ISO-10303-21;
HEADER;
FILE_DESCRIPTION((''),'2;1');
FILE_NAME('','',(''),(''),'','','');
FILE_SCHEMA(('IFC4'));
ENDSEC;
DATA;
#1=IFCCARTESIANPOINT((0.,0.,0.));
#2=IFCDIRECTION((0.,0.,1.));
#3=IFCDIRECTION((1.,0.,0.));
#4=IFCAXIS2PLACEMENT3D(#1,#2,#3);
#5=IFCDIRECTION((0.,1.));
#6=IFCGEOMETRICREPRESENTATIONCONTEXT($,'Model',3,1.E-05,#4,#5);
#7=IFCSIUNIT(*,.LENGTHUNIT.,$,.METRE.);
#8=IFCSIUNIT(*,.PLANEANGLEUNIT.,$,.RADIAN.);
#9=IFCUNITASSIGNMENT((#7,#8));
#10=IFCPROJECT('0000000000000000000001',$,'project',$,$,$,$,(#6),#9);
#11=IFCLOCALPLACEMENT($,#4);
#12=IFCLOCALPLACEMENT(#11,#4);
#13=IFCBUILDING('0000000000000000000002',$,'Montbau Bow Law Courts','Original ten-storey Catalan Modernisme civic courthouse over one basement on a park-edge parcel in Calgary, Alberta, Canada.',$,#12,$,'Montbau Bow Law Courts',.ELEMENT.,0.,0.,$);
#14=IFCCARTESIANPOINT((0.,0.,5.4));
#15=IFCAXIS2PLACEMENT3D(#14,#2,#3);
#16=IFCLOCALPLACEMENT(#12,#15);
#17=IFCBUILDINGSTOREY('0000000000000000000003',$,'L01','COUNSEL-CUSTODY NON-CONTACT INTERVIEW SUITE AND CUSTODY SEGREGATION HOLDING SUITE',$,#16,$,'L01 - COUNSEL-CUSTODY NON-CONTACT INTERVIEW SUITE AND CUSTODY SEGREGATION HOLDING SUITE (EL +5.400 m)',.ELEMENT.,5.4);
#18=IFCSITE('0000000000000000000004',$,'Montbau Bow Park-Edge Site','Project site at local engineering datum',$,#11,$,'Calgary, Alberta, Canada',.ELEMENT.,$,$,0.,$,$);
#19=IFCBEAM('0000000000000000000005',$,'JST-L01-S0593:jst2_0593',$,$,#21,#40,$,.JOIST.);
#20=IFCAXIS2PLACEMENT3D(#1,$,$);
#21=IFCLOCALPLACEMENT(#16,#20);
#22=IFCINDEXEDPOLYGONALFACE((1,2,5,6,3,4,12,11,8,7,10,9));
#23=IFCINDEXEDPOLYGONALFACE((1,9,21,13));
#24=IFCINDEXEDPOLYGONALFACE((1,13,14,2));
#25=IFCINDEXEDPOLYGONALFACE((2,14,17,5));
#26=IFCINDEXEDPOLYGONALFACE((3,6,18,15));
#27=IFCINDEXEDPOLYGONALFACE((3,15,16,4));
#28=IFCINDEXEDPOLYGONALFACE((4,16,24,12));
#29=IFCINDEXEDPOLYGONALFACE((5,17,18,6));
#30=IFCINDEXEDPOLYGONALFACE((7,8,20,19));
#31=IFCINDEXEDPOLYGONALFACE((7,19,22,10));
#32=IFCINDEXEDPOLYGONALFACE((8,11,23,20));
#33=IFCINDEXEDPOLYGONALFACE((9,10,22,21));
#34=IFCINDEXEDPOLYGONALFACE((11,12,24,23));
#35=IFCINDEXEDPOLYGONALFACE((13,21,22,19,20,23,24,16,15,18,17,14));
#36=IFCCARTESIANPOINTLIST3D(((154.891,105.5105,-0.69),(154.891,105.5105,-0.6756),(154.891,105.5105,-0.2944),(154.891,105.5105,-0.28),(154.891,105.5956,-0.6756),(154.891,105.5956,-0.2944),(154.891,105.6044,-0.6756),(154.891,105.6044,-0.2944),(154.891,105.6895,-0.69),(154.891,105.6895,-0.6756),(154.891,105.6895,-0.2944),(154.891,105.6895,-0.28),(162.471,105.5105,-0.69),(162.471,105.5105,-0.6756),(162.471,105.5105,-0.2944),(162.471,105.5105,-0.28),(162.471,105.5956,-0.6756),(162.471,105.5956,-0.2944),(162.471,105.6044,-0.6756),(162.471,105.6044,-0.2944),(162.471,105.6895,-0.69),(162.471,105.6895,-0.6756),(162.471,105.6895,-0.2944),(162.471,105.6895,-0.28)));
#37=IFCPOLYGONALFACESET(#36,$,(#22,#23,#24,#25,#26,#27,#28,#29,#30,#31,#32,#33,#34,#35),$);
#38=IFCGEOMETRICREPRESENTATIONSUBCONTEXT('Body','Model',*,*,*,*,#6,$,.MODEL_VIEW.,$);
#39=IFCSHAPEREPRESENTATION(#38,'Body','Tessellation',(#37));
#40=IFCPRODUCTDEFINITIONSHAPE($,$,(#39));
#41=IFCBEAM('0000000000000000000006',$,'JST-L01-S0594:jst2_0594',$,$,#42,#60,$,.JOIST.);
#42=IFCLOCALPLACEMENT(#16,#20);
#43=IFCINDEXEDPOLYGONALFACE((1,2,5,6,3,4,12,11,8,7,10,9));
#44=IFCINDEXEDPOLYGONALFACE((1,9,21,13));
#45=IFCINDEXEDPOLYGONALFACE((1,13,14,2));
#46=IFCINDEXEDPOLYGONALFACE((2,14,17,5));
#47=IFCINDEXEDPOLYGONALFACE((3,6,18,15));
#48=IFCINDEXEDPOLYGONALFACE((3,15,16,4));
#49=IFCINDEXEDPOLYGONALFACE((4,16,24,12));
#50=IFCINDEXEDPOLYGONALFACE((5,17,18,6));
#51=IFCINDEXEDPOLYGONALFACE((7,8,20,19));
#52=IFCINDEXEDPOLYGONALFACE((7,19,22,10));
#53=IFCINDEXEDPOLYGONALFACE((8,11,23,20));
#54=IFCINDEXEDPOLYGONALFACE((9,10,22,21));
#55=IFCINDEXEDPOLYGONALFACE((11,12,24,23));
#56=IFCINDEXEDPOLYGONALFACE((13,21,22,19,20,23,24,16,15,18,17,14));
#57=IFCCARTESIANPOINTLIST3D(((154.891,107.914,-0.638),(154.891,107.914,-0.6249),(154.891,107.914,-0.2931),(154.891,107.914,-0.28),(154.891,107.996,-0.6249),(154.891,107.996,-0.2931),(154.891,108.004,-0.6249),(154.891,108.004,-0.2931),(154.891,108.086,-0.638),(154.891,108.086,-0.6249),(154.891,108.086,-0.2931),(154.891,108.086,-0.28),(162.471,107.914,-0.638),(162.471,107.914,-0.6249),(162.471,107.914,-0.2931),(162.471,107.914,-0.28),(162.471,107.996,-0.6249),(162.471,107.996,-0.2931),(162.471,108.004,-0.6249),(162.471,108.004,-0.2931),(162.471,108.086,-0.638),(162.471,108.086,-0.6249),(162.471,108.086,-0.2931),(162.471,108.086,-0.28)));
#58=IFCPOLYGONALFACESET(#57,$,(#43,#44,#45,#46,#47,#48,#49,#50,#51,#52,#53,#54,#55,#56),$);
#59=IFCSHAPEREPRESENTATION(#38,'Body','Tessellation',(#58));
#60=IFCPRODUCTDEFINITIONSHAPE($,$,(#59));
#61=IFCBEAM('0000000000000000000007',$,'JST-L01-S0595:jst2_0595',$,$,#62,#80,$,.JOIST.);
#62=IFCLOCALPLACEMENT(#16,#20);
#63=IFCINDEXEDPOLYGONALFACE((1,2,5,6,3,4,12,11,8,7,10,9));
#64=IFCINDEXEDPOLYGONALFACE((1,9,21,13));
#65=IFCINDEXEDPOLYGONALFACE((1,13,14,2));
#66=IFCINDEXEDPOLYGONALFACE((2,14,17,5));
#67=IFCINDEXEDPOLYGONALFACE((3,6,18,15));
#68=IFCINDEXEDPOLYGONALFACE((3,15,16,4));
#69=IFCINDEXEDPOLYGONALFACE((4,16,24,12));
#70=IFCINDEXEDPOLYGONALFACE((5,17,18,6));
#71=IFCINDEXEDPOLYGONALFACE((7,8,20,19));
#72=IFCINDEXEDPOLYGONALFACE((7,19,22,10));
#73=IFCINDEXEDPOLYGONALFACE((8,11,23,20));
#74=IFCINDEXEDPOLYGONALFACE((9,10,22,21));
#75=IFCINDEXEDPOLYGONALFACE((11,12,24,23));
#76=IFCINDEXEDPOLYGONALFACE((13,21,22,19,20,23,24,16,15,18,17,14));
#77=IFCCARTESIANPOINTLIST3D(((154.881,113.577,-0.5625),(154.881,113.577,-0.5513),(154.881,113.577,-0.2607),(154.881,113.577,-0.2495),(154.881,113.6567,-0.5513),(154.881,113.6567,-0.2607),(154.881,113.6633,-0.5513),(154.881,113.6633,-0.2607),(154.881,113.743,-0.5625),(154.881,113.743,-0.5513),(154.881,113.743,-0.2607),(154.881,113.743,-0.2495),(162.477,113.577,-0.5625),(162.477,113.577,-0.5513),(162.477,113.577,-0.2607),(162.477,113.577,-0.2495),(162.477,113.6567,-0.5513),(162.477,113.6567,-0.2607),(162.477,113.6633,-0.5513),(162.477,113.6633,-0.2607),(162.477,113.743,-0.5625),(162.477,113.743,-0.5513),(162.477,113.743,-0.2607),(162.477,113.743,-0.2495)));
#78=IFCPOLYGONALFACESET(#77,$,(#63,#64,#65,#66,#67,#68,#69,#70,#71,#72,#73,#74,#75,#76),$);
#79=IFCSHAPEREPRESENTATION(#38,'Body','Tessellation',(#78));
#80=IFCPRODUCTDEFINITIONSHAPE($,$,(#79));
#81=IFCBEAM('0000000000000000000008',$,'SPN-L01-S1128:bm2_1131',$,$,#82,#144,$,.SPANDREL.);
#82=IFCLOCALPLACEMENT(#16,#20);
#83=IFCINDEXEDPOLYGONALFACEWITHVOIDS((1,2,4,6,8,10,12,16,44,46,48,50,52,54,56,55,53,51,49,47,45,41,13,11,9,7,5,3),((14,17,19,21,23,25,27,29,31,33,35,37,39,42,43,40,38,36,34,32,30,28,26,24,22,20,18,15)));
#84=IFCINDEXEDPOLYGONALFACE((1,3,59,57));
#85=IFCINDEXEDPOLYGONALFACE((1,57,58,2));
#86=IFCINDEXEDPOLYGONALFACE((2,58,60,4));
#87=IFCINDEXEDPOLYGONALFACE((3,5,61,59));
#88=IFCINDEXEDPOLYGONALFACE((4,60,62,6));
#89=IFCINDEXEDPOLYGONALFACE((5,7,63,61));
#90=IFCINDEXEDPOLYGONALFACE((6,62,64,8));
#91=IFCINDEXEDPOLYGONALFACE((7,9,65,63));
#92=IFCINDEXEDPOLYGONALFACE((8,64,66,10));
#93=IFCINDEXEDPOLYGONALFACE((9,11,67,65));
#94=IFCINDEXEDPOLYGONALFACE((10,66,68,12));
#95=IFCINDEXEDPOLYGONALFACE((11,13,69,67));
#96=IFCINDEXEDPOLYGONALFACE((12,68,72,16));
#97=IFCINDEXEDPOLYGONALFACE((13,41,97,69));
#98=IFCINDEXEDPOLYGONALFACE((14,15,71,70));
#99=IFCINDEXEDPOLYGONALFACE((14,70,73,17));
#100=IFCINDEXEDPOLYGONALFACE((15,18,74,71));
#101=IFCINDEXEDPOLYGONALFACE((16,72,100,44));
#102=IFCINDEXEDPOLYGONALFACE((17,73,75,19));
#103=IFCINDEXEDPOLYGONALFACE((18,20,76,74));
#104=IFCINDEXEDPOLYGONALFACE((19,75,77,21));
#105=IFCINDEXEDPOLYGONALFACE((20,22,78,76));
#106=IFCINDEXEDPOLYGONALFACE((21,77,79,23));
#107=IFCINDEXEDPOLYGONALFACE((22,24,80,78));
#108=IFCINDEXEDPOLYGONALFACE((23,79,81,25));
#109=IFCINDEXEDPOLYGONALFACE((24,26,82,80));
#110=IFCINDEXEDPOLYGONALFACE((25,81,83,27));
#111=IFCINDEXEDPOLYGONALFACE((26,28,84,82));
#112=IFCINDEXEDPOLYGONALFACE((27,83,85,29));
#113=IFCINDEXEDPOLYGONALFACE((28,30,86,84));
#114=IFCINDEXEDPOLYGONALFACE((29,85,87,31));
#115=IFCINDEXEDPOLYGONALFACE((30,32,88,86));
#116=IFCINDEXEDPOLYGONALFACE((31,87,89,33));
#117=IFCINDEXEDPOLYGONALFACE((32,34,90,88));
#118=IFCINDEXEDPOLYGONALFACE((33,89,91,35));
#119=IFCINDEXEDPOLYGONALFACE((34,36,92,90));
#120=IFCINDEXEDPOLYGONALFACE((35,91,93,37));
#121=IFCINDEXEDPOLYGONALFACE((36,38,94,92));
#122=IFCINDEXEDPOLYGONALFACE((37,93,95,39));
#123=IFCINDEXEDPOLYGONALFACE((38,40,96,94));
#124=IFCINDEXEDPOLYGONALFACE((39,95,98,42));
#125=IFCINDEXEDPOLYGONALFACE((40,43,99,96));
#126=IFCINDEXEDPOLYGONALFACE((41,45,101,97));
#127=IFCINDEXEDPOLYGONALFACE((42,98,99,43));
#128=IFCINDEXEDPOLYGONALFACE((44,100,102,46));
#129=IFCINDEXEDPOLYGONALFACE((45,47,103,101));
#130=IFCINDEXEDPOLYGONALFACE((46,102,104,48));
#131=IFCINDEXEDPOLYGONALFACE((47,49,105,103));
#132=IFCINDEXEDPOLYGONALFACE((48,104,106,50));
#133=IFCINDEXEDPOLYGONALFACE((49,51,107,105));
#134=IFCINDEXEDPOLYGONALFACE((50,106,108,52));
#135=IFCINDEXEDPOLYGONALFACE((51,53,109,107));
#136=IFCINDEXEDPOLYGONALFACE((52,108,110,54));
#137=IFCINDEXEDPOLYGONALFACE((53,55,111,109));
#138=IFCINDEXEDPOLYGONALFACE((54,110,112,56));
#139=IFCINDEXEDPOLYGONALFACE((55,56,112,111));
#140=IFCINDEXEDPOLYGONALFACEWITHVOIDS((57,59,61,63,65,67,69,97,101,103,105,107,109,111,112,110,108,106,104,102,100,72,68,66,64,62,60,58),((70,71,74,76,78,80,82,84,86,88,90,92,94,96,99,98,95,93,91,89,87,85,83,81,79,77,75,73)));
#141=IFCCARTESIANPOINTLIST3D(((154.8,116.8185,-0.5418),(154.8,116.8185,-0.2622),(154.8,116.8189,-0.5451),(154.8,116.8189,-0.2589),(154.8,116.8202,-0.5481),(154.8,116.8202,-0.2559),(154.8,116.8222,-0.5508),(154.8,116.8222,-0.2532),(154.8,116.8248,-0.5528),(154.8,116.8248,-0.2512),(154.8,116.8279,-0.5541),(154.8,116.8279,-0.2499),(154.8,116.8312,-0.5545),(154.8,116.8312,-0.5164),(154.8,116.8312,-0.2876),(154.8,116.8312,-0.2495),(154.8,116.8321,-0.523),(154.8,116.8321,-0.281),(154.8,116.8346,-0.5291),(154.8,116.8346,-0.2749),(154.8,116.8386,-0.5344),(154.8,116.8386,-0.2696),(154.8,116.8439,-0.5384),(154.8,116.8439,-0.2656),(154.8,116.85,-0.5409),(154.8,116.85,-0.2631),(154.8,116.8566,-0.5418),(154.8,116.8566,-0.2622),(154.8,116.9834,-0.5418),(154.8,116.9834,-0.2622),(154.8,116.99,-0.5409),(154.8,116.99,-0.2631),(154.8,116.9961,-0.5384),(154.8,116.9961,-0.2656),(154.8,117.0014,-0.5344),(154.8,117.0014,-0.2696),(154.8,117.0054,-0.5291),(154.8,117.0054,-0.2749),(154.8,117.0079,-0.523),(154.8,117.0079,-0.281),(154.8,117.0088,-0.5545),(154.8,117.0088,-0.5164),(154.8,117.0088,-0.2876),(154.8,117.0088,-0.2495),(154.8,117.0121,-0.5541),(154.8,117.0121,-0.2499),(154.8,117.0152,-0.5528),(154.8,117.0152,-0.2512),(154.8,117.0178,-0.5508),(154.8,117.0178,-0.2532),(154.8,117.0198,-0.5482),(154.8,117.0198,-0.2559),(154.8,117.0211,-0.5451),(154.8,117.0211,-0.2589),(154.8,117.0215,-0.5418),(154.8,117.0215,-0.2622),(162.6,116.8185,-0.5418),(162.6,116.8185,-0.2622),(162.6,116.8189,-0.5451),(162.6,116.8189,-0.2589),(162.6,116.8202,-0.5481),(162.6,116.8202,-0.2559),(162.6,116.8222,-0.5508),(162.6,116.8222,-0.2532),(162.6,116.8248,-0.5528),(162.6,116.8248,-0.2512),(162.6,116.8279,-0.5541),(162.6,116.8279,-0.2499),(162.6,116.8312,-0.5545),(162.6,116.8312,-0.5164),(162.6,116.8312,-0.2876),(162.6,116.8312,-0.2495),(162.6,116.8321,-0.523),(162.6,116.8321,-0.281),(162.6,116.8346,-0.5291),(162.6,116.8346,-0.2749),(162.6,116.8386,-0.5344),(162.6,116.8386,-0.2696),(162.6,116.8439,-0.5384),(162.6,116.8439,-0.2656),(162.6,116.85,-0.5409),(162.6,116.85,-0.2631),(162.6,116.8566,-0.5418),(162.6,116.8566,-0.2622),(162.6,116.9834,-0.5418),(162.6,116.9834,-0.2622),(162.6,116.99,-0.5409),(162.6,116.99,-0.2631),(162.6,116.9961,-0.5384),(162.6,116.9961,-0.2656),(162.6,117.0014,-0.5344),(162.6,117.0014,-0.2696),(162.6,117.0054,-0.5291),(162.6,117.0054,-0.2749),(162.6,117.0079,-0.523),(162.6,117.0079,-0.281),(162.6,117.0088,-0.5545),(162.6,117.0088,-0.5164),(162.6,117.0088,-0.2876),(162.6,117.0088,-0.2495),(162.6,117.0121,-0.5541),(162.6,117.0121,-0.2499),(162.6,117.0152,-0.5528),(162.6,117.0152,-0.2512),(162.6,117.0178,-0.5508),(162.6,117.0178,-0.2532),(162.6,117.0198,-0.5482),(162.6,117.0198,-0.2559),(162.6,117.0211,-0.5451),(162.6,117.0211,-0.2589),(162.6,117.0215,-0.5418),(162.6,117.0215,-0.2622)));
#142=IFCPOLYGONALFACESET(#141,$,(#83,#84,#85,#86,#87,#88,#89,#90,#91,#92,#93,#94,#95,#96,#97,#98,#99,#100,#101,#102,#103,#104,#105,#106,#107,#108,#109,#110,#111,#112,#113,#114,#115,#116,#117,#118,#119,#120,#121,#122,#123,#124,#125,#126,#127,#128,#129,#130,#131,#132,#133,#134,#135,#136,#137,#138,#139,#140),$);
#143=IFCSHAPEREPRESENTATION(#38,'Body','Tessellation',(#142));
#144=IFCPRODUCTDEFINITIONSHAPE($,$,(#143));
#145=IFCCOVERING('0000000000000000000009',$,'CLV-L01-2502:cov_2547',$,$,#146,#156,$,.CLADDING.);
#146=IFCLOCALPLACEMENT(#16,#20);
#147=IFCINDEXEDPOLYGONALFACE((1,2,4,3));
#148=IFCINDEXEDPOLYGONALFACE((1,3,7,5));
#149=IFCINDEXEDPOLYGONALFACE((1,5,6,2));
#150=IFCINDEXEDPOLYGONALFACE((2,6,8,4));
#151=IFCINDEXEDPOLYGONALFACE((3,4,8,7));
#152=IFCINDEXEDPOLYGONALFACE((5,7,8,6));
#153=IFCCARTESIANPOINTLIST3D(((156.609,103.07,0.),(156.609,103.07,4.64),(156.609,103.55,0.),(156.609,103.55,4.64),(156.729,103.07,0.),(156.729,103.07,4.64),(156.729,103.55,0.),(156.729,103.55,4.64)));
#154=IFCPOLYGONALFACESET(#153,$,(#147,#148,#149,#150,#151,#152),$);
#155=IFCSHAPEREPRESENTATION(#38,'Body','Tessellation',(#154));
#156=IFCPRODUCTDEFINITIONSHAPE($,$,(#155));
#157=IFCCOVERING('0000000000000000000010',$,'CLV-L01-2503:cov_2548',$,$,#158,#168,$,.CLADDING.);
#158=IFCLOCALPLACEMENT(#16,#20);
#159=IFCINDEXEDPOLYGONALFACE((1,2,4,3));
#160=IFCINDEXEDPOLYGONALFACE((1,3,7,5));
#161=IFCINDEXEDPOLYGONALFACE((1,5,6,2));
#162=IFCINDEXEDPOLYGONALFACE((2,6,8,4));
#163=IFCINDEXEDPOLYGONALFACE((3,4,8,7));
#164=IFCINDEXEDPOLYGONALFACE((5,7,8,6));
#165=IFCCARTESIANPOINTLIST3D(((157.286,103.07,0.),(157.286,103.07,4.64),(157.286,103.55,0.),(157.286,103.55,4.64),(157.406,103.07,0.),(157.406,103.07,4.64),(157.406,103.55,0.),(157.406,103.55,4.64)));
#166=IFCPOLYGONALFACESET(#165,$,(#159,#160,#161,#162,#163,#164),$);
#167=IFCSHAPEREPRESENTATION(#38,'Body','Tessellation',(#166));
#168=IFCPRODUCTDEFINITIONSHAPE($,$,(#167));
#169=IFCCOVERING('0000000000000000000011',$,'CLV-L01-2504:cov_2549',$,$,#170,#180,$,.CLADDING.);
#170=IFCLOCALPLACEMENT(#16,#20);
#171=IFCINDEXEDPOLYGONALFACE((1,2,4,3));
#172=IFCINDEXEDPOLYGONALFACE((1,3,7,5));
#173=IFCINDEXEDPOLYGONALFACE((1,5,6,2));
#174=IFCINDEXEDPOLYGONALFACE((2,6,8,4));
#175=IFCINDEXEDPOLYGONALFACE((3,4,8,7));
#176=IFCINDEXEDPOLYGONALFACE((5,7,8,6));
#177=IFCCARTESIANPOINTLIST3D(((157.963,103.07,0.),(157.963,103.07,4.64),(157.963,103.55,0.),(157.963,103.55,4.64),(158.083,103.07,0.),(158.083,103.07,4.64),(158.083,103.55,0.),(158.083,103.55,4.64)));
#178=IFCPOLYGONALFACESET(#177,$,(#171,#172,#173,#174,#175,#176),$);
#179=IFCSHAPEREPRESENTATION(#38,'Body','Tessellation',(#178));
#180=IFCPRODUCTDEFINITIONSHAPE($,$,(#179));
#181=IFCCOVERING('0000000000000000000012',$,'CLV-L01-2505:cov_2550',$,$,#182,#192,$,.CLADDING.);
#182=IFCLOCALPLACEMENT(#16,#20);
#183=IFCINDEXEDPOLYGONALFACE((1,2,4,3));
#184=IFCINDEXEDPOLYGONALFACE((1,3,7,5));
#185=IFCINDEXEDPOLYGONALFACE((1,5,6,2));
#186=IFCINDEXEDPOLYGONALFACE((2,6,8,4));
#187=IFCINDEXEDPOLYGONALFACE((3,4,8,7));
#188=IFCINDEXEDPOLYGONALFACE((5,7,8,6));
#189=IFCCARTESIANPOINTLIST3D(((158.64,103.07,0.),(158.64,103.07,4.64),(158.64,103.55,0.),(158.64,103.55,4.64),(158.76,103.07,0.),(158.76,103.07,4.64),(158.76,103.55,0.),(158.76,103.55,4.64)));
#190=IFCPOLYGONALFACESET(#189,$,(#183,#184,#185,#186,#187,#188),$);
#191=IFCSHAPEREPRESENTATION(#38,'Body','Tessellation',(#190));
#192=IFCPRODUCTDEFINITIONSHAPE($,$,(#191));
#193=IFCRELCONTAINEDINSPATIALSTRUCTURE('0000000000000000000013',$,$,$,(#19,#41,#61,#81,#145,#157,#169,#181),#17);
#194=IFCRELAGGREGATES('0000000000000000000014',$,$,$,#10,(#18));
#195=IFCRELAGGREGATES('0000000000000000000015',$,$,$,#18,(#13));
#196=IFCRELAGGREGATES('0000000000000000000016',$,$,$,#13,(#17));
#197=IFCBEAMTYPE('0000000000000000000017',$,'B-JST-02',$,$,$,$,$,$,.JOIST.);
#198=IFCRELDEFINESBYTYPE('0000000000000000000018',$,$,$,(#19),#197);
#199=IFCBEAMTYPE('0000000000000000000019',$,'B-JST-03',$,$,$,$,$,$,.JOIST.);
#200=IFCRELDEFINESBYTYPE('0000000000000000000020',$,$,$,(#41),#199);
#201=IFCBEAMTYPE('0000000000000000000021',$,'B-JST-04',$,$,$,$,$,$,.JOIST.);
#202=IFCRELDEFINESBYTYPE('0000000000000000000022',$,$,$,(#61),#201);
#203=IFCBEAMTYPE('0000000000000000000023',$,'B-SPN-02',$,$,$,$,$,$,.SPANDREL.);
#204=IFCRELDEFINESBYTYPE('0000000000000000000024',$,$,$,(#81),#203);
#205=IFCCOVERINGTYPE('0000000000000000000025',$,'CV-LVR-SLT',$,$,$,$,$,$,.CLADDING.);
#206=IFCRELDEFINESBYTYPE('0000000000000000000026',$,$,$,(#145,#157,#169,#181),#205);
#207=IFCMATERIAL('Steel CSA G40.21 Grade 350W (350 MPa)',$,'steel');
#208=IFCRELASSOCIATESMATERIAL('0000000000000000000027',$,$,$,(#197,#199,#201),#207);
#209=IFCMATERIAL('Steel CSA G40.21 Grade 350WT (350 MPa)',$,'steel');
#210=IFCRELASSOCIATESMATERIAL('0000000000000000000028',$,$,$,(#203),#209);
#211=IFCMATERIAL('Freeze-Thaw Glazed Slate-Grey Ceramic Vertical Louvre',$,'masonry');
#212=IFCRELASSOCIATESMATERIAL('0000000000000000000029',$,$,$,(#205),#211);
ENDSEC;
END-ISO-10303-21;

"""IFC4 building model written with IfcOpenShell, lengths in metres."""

from ifc_helpers import new_model, si_unit, direction, frame, frame_2d, origin_with_axes, origin_2d_with_axis, place, context, subcontext, project, spatial, rectangle, hollow_rectangle, i_section, extrude, material, material_profile, profile_set, type_object, element, save


model = new_model("IFC4")

# Units and contexts
model_context = context("Model", 3, precision=1e-05, world=origin_with_axes(), true_north=direction((0.0, 1.0)))
body_context = subcontext(model_context, "Body", "Model", "MODEL_VIEW")
ifc_project = project(units=[si_unit("LENGTHUNIT", "METRE"), si_unit("PLANEANGLEUNIT", "RADIAN")], contexts=[model_context])

# Site, building, storey
site_placement = place(None, origin_with_axes())
site = spatial("IfcSite", under=ifc_project, at=site_placement, Name="Montbau Bow Park-Edge Site", Description="Project site at local engineering datum", LongName="Calgary, Alberta, Canada", CompositionType="ELEMENT", RefElevation=0.0)
building_placement = place(site_placement, origin_with_axes())
building = spatial("IfcBuilding", under=site, at=building_placement, Name="Montbau Bow Law Courts", Description="Original ten-storey Catalan Modernisme civic courthouse over one basement on a park-edge parcel in Calgary, Alberta, Canada.", LongName="Montbau Bow Law Courts", CompositionType="ELEMENT", ElevationOfRefHeight=0.0, ElevationOfTerrain=0.0)
storey_placement = place(building_placement, frame((0.0, 0.0, 5.4), z_axis=(0.0, 0.0, 1.0), x_axis=(1.0, 0.0, 0.0)))
storey = spatial("IfcBuildingStorey", under=building, at=storey_placement, Name="L01", Description="COUNSEL-CUSTODY NON-CONTACT INTERVIEW SUITE AND CUSTODY SEGREGATION HOLDING SUITE", LongName="L01 - COUNSEL-CUSTODY NON-CONTACT INTERVIEW SUITE AND CUSTODY SEGREGATION HOLDING SUITE (EL +5.400 m)", CompositionType="ELEMENT", Elevation=5.4)

# Beams
ifc_material_1 = material(Name="Steel CSA G40.21 Grade 350W (350 MPa)", Category="steel")
ifc_material_profile_1 = material_profile(ifc_material_1, i_section(OverallWidth=0.179, OverallDepth=0.41, WebThickness=0.0088, FlangeThickness=0.0144, at=origin_2d_with_axis()), Name="W410X67", Category="Main", Priority=0)
ifc_profile_set_1 = profile_set([ifc_material_profile_1], Name="Steel CSA G40.21 Grade 350W (350 MPa)")
beam_type_1 = type_object("IfcBeamType", Name="B-JST-02", PredefinedType="JOIST", material=ifc_profile_set_1)
beam_1_placement = place(None, frame((154.891, 105.6, 4.915), z_axis=(1.0, 0.0, 0.0), x_axis=(0.0, 1.0, 0.0)))
element("IfcBeam", 1, at=beam_1_placement, inside=storey, type_object=beam_type_1, Name="JST-L01-S0593:jst2_0593", PredefinedType="JOIST", context=body_context, shape_type="SweptSolid", body=[
    extrude(i_section(OverallWidth=0.179, OverallDepth=0.41, WebThickness=0.0088, FlangeThickness=0.0144, at=origin_2d_with_axis()), origin_with_axes(), (0.0, 0.0, 1.0), 7.58),
])
ifc_material_profile_2 = material_profile(ifc_material_1, i_section(OverallWidth=0.172, OverallDepth=0.358, WebThickness=0.0079, FlangeThickness=0.0131, at=origin_2d_with_axis()), Name="W360X57", Category="Main", Priority=0)
ifc_profile_set_2 = profile_set([ifc_material_profile_2], Name="Steel CSA G40.21 Grade 350W (350 MPa)")
beam_type_2 = type_object("IfcBeamType", Name="B-JST-03", PredefinedType="JOIST", material=ifc_profile_set_2)
beam_2_placement = place(None, frame((154.891, 108.0, 4.941), z_axis=(1.0, 0.0, 0.0), x_axis=(0.0, 1.0, 0.0)))
element("IfcBeam", 2, at=beam_2_placement, inside=storey, type_object=beam_type_2, Name="JST-L01-S0594:jst2_0594", PredefinedType="JOIST", context=body_context, shape_type="SweptSolid", body=[
    extrude(i_section(OverallWidth=0.172, OverallDepth=0.358, WebThickness=0.0079, FlangeThickness=0.0131, at=origin_2d_with_axis()), origin_with_axes(), (0.0, 0.0, 1.0), 7.58),
])
ifc_material_profile_3 = material_profile(ifc_material_1, i_section(OverallWidth=0.166, OverallDepth=0.313, WebThickness=0.0066, FlangeThickness=0.0112, at=origin_2d_with_axis()), Name="W310X45", Category="Main", Priority=0)
ifc_profile_set_3 = profile_set([ifc_material_profile_3], Name="Steel CSA G40.21 Grade 350W (350 MPa)")
beam_type_3 = type_object("IfcBeamType", Name="B-JST-04", PredefinedType="JOIST", material=ifc_profile_set_3)
beam_3_placement = place(None, frame((154.881, 113.66, 4.994), z_axis=(1.0, 0.0, 0.0), x_axis=(0.0, 1.0, 0.0)))
element("IfcBeam", 3, at=beam_3_placement, inside=storey, type_object=beam_type_3, Name="JST-L01-S0595:jst2_0595", PredefinedType="JOIST", context=body_context, shape_type="SweptSolid", body=[
    extrude(i_section(OverallWidth=0.166, OverallDepth=0.313, WebThickness=0.0066, FlangeThickness=0.0112, at=origin_2d_with_axis()), origin_with_axes(), (0.0, 0.0, 1.0), 7.596),
])
ifc_material_2 = material(Name="Steel CSA G40.21 Grade 350WT (350 MPa)", Category="steel")
ifc_material_profile_4 = material_profile(ifc_material_2, hollow_rectangle(XDim=0.203, YDim=0.305, WallThickness=0.0127, InnerFilletRadius=0.0254, OuterFilletRadius=0.0127, at=origin_2d_with_axis()), Name="HSS305X203X13", Category="Main", Priority=0)
ifc_profile_set_4 = profile_set([ifc_material_profile_4], Name="Steel CSA G40.21 Grade 350WT (350 MPa)")
beam_type_4 = type_object("IfcBeamType", Name="B-SPN-02", PredefinedType="SPANDREL", material=ifc_profile_set_4)
beam_4_placement = place(None, frame((154.8, 116.92, 4.998), z_axis=(1.0, 0.0, 0.0), x_axis=(0.0, 1.0, 0.0)))
element("IfcBeam", 4, at=beam_4_placement, inside=storey, type_object=beam_type_4, Name="SPN-L01-S1128:bm2_1131", PredefinedType="SPANDREL", context=body_context, shape_type="SweptSolid", body=[
    extrude(hollow_rectangle(XDim=0.203, YDim=0.305, WallThickness=0.0127, InnerFilletRadius=0.0254, OuterFilletRadius=0.0127, at=origin_2d_with_axis()), origin_with_axes(), (0.0, 0.0, 1.0), 7.8),
])

# Coverings
ifc_material_3 = material(Name="Freeze-Thaw Glazed Slate-Grey Ceramic Vertical Louvre", Category="masonry")
covering_type = type_object("IfcCoveringType", Name="CV-LVR-SLT", PredefinedType="CLADDING", material=ifc_material_3)
for number, where, z_axis, x_axis, name in (
    (5, (156.669, 103.07, 5.4), (1.0, 0.0, 0.0), (0.0, 1.0, 0.0), "CLV-L01-2502:cov_2547"),
    (6, (157.346, 103.07, 5.4), (1.0, 0.0, 0.0), (0.0, 1.0, 0.0), "CLV-L01-2503:cov_2548"),
    (7, (158.023, 103.07, 5.4), (1.0, 0.0, 0.0), (0.0, 1.0, 0.0), "CLV-L01-2504:cov_2549"),
    (8, (158.7, 103.07, 5.4), (1.0, 0.0, 0.0), (0.0, 1.0, 0.0), "CLV-L01-2505:cov_2550"),
):
    element("IfcCovering", number, at=place(None, frame(where, z_axis=z_axis, x_axis=x_axis)), inside=storey, type_object=covering_type, Name=name, PredefinedType="CLADDING", context=body_context, shape_type="SweptSolid", body=[
        extrude(rectangle(XDim=0.48, YDim=4.64, at=frame_2d((0.24, 2.32), x_axis=(1.0, 0.0))), frame((0.0, 0.0, -0.06), z_axis=(0.0, 0.0, 1.0), x_axis=(1.0, 0.0, 0.0)), (0.0, 0.0, 1.0), 0.12),
    ])

save(model, "model.ifc")
